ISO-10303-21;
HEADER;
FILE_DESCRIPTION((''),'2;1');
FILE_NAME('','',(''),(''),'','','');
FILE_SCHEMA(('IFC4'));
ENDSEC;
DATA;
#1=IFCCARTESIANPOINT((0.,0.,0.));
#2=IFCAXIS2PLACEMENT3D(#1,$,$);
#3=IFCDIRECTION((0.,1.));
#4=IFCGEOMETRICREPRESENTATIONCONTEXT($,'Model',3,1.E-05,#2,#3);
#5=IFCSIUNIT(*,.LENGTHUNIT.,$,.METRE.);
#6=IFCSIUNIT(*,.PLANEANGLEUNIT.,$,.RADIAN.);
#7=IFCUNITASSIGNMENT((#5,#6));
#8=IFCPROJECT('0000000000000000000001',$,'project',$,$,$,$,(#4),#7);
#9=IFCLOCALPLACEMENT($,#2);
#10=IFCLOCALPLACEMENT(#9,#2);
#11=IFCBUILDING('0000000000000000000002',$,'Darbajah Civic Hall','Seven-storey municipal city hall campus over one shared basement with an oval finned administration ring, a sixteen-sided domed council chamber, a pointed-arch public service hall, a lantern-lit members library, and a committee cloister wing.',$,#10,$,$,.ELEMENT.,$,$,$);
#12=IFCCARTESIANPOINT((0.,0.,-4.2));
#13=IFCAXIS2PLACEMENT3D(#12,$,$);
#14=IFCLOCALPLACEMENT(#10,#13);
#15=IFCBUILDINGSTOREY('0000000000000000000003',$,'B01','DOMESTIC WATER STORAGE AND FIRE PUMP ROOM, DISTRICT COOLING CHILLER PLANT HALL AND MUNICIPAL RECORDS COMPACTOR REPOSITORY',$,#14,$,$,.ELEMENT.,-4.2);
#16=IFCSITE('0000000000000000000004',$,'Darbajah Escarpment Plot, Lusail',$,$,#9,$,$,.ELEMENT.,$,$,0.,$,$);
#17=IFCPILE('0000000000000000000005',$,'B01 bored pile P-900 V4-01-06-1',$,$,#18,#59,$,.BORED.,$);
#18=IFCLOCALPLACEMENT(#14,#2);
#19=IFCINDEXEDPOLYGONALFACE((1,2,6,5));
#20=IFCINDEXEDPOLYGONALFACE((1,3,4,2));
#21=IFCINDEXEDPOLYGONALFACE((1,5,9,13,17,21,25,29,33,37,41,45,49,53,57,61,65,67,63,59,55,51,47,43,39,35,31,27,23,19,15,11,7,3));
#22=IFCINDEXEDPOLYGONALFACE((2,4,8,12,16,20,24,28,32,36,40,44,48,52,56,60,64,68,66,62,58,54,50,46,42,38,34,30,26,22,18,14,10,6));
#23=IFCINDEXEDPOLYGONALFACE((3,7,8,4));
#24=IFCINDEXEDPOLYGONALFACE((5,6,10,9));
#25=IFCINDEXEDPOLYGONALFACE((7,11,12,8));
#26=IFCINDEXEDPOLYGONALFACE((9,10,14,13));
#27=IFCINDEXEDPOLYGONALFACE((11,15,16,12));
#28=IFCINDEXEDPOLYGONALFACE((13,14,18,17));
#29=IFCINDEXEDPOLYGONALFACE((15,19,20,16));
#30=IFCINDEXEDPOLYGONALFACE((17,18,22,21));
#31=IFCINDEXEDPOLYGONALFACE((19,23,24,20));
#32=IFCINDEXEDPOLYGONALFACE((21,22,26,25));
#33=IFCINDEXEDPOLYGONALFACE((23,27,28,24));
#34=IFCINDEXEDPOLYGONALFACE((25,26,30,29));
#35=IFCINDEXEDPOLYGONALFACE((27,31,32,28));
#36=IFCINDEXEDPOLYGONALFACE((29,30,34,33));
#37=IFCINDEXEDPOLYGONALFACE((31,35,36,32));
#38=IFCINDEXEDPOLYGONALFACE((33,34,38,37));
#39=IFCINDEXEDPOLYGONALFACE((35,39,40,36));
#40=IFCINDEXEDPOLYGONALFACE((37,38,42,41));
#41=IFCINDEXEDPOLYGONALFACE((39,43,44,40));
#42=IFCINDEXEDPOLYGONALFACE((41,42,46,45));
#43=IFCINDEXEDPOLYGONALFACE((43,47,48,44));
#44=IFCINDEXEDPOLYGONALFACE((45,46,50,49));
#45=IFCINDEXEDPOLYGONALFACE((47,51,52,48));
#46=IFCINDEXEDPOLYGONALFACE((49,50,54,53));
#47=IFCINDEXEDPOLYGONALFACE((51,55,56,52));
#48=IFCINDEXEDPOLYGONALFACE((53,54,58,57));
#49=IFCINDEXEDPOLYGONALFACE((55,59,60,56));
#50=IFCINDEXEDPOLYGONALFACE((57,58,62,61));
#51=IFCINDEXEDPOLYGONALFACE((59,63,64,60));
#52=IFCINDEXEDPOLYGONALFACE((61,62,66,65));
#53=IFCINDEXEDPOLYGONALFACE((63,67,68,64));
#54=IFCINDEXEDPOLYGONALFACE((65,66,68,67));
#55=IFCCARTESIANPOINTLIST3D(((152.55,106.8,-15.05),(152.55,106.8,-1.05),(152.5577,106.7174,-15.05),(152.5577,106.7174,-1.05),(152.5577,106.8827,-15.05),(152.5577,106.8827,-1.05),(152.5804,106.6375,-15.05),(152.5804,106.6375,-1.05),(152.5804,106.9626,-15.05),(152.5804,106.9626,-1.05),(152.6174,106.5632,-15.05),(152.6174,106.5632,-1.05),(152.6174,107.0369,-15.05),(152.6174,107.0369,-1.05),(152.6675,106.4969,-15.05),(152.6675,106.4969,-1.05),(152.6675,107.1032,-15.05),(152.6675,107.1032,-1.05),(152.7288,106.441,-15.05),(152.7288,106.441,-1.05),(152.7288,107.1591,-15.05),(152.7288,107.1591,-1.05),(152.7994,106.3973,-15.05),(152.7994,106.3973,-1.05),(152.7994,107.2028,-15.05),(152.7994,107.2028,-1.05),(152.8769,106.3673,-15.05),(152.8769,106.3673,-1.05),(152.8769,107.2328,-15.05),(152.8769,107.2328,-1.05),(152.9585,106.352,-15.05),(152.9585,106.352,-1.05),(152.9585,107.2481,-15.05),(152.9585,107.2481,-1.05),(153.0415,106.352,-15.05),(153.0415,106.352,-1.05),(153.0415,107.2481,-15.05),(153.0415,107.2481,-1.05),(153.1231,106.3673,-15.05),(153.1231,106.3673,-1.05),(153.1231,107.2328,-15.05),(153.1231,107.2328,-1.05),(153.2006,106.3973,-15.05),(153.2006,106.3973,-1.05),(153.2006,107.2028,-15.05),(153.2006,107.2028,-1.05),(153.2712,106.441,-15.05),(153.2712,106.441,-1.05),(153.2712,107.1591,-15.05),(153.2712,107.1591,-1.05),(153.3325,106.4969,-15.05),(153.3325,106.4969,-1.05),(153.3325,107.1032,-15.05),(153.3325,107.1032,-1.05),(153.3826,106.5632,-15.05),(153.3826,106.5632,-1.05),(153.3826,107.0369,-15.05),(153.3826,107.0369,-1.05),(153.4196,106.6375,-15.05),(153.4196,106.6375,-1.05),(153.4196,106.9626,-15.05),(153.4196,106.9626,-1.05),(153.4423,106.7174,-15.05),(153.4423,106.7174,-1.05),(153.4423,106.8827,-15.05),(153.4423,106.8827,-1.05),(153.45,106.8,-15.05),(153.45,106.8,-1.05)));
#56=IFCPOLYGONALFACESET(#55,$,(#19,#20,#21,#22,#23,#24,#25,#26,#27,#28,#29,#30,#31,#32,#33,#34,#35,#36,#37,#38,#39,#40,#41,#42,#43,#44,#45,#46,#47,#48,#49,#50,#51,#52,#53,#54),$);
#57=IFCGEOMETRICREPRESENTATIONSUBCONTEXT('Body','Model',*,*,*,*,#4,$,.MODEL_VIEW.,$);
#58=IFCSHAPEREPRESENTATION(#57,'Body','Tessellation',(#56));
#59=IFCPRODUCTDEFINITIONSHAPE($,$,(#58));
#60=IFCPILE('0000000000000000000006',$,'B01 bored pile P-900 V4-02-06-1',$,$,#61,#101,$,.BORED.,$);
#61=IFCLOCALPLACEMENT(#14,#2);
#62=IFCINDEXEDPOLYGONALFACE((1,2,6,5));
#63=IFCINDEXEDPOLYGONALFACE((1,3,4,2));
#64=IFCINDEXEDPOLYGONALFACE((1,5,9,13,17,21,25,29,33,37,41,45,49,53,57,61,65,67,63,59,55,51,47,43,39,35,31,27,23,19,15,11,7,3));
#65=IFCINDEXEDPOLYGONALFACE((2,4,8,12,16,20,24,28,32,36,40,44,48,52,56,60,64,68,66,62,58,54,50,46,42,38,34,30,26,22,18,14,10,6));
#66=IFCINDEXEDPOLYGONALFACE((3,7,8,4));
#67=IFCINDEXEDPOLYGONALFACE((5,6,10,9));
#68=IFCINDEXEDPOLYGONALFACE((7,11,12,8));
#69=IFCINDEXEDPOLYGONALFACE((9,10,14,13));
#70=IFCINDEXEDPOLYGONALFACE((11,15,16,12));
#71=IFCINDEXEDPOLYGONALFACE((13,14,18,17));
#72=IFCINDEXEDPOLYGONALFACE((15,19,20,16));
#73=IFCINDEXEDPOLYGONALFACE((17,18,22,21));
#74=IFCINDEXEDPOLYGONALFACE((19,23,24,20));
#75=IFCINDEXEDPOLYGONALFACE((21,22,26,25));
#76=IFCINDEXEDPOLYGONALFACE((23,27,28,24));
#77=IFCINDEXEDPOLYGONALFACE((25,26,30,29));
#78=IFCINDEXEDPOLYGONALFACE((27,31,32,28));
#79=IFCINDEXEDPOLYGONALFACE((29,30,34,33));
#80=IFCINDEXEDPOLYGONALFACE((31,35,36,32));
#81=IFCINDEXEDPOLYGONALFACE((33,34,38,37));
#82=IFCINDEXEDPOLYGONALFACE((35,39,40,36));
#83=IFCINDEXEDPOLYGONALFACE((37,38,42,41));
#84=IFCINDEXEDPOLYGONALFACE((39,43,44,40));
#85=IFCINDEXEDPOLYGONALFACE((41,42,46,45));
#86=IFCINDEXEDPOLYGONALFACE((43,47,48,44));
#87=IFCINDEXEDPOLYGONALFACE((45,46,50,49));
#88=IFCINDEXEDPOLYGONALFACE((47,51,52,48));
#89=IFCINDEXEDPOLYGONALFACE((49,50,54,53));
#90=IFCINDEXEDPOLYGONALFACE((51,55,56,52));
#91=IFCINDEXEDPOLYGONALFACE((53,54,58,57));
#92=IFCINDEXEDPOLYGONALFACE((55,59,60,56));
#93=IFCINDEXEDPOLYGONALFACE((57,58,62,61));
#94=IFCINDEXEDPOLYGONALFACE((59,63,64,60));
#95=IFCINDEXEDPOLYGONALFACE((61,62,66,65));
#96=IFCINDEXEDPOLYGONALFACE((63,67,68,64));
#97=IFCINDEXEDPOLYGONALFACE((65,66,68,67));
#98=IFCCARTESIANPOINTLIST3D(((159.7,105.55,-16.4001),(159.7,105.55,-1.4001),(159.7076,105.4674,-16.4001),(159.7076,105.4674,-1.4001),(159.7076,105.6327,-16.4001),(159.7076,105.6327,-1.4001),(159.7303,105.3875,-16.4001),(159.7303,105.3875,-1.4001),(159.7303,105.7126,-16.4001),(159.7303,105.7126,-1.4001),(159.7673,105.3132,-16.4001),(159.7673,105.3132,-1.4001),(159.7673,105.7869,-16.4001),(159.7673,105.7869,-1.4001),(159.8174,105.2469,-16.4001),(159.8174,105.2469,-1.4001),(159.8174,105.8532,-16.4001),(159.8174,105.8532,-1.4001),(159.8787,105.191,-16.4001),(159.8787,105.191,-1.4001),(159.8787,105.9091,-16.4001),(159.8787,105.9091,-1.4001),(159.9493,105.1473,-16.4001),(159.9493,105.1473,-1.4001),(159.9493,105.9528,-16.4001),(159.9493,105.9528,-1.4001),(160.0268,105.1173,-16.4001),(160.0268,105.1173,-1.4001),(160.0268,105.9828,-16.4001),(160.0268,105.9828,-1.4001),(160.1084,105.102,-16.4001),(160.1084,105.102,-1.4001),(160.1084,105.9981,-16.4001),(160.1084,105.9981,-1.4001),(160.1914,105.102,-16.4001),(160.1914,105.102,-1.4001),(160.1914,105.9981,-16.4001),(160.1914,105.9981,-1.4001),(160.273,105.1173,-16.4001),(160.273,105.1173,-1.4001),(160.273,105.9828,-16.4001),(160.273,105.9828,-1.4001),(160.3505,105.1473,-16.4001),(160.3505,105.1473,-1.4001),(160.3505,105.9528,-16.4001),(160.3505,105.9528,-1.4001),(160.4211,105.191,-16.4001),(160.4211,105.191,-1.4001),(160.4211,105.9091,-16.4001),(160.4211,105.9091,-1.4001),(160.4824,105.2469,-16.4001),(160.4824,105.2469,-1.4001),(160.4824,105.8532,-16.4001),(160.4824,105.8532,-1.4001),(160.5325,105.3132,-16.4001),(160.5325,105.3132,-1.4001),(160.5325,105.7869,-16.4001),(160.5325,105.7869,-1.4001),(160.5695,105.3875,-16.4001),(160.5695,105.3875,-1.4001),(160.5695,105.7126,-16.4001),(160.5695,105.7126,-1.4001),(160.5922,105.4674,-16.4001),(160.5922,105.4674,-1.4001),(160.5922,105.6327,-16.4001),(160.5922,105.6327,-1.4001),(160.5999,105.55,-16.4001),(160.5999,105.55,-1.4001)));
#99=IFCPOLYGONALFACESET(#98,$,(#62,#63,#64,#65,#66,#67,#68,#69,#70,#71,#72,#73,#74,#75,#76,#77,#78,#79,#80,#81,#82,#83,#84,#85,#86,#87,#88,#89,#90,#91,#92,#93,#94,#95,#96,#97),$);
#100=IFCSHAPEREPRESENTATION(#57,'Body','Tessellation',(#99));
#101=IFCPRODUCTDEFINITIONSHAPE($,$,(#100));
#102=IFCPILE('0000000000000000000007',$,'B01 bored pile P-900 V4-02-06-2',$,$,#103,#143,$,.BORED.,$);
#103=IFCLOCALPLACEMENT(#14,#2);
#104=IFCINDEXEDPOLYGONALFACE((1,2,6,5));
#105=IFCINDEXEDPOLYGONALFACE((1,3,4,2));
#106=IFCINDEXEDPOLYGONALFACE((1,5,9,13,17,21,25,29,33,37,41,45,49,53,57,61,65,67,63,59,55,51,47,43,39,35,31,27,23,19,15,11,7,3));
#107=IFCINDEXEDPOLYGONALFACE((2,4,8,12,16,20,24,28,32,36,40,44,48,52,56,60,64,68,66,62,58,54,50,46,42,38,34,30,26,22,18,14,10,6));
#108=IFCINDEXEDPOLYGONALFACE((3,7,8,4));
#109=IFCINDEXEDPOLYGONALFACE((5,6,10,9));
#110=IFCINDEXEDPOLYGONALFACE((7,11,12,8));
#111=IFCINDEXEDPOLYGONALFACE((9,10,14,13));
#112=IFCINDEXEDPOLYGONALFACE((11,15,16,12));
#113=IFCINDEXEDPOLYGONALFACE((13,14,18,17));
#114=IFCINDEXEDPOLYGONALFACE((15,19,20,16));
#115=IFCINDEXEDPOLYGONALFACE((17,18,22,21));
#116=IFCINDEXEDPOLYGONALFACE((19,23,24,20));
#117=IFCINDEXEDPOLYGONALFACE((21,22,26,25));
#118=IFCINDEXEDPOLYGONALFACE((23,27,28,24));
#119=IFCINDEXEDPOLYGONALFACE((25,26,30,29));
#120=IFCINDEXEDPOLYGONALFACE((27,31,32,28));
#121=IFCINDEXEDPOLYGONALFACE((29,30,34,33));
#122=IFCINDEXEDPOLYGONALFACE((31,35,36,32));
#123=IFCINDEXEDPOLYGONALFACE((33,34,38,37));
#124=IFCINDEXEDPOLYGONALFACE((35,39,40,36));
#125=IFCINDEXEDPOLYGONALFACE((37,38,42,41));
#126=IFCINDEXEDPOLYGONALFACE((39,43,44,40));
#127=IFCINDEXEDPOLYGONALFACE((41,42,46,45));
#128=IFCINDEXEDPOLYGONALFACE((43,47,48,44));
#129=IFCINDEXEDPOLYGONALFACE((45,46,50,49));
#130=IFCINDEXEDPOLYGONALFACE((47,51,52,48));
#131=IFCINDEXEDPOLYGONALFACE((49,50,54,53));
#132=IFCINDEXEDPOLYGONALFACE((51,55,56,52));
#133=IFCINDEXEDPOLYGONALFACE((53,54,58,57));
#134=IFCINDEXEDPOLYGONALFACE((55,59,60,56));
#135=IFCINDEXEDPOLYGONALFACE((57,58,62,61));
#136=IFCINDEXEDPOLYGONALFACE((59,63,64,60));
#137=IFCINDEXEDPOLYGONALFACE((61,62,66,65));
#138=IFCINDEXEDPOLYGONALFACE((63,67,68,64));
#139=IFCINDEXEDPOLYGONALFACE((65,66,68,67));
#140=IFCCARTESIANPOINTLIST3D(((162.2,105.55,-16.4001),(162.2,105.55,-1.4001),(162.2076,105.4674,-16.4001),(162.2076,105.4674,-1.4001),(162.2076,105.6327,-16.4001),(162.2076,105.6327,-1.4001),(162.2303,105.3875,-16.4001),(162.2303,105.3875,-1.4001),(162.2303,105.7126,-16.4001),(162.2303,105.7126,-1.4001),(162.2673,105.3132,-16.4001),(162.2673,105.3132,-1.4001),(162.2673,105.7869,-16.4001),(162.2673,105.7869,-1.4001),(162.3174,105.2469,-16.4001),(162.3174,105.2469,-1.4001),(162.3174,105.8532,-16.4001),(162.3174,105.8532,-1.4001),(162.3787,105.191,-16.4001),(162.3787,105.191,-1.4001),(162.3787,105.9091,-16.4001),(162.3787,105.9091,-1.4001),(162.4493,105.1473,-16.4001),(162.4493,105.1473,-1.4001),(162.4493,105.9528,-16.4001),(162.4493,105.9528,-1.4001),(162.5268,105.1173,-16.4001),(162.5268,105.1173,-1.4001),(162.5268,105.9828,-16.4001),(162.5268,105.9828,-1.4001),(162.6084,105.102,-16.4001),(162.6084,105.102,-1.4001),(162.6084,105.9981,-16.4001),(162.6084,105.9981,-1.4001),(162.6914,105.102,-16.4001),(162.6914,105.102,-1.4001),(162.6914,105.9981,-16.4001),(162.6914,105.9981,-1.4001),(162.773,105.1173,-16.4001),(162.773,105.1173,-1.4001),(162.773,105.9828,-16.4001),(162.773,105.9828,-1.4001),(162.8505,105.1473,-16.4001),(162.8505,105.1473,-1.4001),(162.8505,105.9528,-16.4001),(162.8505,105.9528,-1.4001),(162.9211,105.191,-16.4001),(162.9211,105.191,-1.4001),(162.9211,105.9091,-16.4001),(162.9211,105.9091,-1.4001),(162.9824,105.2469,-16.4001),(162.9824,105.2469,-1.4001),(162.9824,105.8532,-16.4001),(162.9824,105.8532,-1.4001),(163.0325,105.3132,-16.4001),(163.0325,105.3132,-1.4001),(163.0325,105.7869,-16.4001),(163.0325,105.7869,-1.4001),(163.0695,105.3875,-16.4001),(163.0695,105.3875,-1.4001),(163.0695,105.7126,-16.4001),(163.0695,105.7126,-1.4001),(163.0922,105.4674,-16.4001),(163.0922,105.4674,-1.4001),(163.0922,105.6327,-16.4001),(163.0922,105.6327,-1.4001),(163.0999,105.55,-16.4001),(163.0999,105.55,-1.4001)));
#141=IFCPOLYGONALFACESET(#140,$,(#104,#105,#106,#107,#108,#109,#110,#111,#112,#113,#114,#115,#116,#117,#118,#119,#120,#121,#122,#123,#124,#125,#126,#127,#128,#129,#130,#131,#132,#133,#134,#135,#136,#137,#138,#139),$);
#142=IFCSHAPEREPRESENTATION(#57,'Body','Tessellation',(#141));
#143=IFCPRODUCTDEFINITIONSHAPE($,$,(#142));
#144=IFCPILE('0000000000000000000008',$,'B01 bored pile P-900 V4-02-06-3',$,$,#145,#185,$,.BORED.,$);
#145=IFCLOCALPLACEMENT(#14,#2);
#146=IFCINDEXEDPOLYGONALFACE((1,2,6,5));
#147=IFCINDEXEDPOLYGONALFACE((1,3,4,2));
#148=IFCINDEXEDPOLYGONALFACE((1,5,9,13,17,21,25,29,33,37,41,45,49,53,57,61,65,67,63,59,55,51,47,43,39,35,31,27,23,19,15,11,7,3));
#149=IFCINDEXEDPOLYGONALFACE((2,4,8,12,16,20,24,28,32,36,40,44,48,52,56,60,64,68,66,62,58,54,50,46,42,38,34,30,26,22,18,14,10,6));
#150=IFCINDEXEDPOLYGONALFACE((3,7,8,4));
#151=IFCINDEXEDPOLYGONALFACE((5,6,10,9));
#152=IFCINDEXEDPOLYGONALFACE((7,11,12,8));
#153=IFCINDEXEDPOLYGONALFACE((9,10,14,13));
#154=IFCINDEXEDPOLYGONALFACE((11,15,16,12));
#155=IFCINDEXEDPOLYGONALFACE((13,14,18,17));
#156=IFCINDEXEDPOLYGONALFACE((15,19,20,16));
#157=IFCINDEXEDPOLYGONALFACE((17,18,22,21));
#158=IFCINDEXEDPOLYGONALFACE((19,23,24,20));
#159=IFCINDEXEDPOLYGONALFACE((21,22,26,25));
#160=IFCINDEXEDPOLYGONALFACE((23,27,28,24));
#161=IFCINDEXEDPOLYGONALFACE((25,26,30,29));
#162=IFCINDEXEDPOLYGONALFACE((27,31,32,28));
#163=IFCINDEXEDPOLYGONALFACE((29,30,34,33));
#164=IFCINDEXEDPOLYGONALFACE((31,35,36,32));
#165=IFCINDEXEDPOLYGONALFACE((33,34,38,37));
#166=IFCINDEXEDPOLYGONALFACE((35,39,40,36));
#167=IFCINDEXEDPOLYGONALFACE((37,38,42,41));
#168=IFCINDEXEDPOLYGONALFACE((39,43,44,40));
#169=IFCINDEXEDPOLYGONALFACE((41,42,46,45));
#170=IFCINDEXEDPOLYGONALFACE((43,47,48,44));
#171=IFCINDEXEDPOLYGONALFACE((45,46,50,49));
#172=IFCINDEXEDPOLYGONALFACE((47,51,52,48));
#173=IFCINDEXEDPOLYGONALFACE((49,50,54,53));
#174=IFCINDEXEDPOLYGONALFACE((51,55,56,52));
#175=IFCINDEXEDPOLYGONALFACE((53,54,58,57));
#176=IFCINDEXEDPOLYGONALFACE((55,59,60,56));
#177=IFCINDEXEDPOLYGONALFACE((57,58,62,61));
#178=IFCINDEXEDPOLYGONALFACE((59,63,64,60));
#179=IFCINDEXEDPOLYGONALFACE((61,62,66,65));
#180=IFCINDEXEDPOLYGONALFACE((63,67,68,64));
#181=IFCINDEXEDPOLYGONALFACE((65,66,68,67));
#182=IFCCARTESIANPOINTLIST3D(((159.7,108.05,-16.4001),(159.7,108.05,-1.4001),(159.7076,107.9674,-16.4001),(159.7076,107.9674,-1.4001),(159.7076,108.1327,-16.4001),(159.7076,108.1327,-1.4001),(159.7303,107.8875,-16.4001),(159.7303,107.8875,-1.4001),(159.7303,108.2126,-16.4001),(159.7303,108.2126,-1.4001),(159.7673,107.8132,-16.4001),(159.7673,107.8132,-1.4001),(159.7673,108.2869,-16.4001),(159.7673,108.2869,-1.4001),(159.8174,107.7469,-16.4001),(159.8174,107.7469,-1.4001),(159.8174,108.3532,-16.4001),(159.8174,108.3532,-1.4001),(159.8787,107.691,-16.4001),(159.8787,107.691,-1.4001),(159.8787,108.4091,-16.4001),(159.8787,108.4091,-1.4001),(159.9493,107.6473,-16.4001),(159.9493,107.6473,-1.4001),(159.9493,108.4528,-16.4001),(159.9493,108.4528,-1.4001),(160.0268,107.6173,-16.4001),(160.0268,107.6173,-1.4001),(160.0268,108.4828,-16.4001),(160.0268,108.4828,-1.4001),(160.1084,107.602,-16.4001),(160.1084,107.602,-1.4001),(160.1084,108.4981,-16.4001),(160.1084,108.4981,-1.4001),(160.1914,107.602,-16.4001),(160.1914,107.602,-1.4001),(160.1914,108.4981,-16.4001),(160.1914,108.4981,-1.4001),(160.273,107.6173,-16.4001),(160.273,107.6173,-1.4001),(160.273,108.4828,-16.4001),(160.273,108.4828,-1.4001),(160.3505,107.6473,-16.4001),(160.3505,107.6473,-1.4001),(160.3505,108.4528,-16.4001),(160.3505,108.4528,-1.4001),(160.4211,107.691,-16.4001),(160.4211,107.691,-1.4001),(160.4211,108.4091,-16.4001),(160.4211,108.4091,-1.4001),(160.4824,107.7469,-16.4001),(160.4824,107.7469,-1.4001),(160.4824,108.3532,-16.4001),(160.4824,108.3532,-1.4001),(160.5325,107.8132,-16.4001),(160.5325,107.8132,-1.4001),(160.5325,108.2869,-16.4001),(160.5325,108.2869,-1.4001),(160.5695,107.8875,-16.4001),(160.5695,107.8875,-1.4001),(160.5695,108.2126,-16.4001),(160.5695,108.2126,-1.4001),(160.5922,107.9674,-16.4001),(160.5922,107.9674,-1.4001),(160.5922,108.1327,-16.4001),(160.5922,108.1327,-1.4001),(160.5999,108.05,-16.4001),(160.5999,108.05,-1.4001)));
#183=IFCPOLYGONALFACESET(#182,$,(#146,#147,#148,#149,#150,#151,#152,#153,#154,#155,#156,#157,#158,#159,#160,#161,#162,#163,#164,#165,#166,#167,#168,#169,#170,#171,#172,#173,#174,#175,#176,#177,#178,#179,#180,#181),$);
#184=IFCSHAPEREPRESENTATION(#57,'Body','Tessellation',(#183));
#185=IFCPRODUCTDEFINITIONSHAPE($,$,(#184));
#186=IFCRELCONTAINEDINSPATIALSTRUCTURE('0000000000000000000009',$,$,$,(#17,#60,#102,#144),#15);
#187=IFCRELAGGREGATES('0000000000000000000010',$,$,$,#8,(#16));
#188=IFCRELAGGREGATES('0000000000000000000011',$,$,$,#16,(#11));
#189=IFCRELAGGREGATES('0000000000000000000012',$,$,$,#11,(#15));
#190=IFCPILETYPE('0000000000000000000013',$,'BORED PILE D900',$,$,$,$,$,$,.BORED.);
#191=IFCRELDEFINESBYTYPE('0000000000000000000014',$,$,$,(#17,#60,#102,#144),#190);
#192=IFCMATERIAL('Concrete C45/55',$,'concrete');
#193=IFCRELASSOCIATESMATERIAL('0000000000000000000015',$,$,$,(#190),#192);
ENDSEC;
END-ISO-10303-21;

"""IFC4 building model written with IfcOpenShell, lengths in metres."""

from ifc_helpers import new_model, si_unit, direction, frame, origin, origin_2d, place, context, subcontext, project, spatial, circle, extrude, material, material_profile, profile_set, type_object, element, save


model = new_model("IFC4")

# Units and contexts
model_context = context("Model", 3, precision=1e-05, world=origin(), true_north=direction((0.0, 1.0)))
body_context = subcontext(model_context, "Body", "Model", "MODEL_VIEW")
ifc_project = project(units=[si_unit("LENGTHUNIT", "METRE"), si_unit("PLANEANGLEUNIT", "RADIAN")], contexts=[model_context])

# Site, building, storey
site_placement = place(None, origin())
site = spatial("IfcSite", under=ifc_project, at=site_placement, Name="Darbajah Escarpment Plot, Lusail", CompositionType="ELEMENT", RefElevation=0.0)
building_placement = place(site_placement, origin())
building = spatial("IfcBuilding", under=site, at=building_placement, Name="Darbajah Civic Hall", Description="Seven-storey municipal city hall campus over one shared basement with an oval finned administration ring, a sixteen-sided domed council chamber, a pointed-arch public service hall, a lantern-lit members library, and a committee cloister wing.", CompositionType="ELEMENT")
storey_placement = place(building_placement, frame((0.0, 0.0, -4.2)))
storey = spatial("IfcBuildingStorey", under=building, at=storey_placement, Name="B01", Description="DOMESTIC WATER STORAGE AND FIRE PUMP ROOM, DISTRICT COOLING CHILLER PLANT HALL AND MUNICIPAL RECORDS COMPACTOR REPOSITORY", CompositionType="ELEMENT", Elevation=-4.2)

# Piles
ifc_material_1 = material(Name="Concrete C45/55", Category="concrete")
ifc_material_profile_1 = material_profile(ifc_material_1, circle(Radius=0.45, at=origin_2d()), Name="BORED PILE D900")
ifc_profile_set_1 = profile_set([ifc_material_profile_1], Name="Concrete C45/55")
pile_type_1 = type_object("IfcPileType", Name="BORED PILE D900", PredefinedType="BORED", material=ifc_profile_set_1)
pile_placement = place(storey_placement, frame((153.0, 106.8, -1.05), z_axis=(0.0, 0.0, -1.0), x_axis=(1.0, 0.0, 0.0)))
element("IfcPile", 1, at=pile_placement, inside=storey, type_object=pile_type_1, Name="B01 bored pile P-900 V4-01-06-1", PredefinedType="BORED", context=body_context, shape_type="SweptSolid", body=[
    extrude(circle(Radius=0.45, at=origin_2d()), origin(), (0.0, 0.0, 1.0), 14.0),
])
for number, where, z_axis, x_axis, name in (
    (2, (160.1499, 105.55, -1.4001), (0.0, 0.0, -1.0), (1.0, 0.0, 0.0), "B01 bored pile P-900 V4-02-06-1"),
    (3, (162.6499, 105.55, -1.4001), (0.0, 0.0, -1.0), (1.0, 0.0, 0.0), "B01 bored pile P-900 V4-02-06-2"),
    (4, (160.1499, 108.05, -1.4001), (0.0, 0.0, -1.0), (1.0, 0.0, 0.0), "B01 bored pile P-900 V4-02-06-3"),
):
    element("IfcPile", number, at=place(storey_placement, frame(where, z_axis=z_axis, x_axis=x_axis)), inside=storey, type_object=pile_type_1, Name=name, PredefinedType="BORED", context=body_context, shape_type="SweptSolid", body=[
        extrude(circle(Radius=0.45, at=origin_2d()), origin(), (0.0, 0.0, 1.0), 15.0),
    ])

save(model, "model.ifc")
